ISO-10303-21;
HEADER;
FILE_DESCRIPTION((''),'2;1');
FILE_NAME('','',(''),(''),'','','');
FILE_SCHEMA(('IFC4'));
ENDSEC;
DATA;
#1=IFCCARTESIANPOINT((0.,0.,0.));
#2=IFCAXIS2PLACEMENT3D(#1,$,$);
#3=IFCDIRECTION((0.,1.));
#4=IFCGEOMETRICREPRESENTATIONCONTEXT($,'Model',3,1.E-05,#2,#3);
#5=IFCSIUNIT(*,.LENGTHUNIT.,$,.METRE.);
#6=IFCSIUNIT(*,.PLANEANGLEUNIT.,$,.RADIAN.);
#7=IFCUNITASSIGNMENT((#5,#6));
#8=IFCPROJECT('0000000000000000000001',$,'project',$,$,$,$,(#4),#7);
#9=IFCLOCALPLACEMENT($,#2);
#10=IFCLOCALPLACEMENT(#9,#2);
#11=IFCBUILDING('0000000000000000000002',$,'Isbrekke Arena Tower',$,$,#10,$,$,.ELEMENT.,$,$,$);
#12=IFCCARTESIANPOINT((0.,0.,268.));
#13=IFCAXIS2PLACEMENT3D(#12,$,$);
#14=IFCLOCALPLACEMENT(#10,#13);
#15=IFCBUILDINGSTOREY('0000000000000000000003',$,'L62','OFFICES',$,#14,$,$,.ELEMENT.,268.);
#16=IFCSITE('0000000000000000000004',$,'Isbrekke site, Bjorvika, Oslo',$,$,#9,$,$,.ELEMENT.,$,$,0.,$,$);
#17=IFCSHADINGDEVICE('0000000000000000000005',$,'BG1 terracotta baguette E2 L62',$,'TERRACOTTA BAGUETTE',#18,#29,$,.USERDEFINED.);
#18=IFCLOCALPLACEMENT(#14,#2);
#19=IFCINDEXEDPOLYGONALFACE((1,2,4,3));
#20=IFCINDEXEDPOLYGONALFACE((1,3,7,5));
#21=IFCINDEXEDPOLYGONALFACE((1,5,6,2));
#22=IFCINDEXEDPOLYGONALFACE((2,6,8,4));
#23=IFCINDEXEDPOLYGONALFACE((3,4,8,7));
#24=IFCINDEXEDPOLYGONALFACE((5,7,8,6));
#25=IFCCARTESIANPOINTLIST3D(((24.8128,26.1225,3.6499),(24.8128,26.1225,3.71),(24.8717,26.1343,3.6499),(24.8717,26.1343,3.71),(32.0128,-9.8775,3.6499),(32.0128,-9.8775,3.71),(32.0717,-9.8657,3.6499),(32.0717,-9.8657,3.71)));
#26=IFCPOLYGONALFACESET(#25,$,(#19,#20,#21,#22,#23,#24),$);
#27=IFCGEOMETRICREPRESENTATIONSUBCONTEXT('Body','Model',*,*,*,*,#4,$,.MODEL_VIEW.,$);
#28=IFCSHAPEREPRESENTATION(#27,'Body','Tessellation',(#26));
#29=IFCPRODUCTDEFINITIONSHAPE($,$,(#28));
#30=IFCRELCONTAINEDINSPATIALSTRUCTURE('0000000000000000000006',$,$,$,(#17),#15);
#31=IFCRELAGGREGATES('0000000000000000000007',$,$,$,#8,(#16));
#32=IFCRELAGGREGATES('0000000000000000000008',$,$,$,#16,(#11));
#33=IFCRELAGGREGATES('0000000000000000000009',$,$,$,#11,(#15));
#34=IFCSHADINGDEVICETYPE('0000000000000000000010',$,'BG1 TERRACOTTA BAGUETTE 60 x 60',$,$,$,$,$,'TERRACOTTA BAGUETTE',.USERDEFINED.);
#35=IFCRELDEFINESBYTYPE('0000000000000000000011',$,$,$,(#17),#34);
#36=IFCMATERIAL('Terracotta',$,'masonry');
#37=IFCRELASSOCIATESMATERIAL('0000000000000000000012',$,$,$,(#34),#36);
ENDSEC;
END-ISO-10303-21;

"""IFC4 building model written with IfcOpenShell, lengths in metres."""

from ifc_helpers import new_model, si_unit, direction, frame, origin, origin_2d, place, context, subcontext, project, spatial, rectangle, extrude, material, material_profile, profile_set, type_object, element, save


model = new_model("IFC4")

# Units and contexts
model_context = context("Model", 3, precision=1e-05, world=origin(), true_north=direction((0.0, 1.0)))
body_context = subcontext(model_context, "Body", "Model", "MODEL_VIEW")
ifc_project = project(units=[si_unit("LENGTHUNIT", "METRE"), si_unit("PLANEANGLEUNIT", "RADIAN")], contexts=[model_context])

# Site, building, storey
site_placement = place(None, origin())
site = spatial("IfcSite", under=ifc_project, at=site_placement, Name="Isbrekke site, Bjorvika, Oslo", CompositionType="ELEMENT", RefElevation=0.0)
building_placement = place(site_placement, origin())
building = spatial("IfcBuilding", under=site, at=building_placement, Name="Isbrekke Arena Tower", CompositionType="ELEMENT")
storey_placement = place(building_placement, frame((0.0, 0.0, 268.0)))
storey = spatial("IfcBuildingStorey", under=building, at=storey_placement, Name="L62", Description="OFFICES", CompositionType="ELEMENT", Elevation=268.0)

# Shading device
ifc_material_1 = material(Name="Terracotta", Category="masonry")
ifc_material_profile_1 = material_profile(ifc_material_1, rectangle(XDim=0.0601, YDim=0.0601, at=origin_2d()), Name="BAGUETTE 60X60")
ifc_profile_set_1 = profile_set([ifc_material_profile_1], Name="Terracotta")
shading_device_type = type_object("IfcShadingDeviceType", Name="BG1 TERRACOTTA BAGUETTE 60 x 60", ElementType="TERRACOTTA BAGUETTE", PredefinedType="USERDEFINED", material=ifc_profile_set_1)
for number, where, z_axis, x_axis, name in (
    (1, (32.0422, -9.8716, 3.6799), (-0.196115, 0.980581, 0.0), (-0.980581, -0.196115, 0.0), "BG1 terracotta baguette E2 L62"),
):
    element("IfcShadingDevice", number, at=place(storey_placement, frame(where, z_axis=z_axis, x_axis=x_axis)), inside=storey, type_object=shading_device_type, Name=name, ObjectType="TERRACOTTA BAGUETTE", PredefinedType="USERDEFINED", context=body_context, shape_type="SweptSolid", body=[
        extrude(rectangle(XDim=0.0601, YDim=0.0601, at=origin_2d()), origin(), (0.0, 0.0, 1.0), 36.7129),
    ])

save(model, "model.ifc")
